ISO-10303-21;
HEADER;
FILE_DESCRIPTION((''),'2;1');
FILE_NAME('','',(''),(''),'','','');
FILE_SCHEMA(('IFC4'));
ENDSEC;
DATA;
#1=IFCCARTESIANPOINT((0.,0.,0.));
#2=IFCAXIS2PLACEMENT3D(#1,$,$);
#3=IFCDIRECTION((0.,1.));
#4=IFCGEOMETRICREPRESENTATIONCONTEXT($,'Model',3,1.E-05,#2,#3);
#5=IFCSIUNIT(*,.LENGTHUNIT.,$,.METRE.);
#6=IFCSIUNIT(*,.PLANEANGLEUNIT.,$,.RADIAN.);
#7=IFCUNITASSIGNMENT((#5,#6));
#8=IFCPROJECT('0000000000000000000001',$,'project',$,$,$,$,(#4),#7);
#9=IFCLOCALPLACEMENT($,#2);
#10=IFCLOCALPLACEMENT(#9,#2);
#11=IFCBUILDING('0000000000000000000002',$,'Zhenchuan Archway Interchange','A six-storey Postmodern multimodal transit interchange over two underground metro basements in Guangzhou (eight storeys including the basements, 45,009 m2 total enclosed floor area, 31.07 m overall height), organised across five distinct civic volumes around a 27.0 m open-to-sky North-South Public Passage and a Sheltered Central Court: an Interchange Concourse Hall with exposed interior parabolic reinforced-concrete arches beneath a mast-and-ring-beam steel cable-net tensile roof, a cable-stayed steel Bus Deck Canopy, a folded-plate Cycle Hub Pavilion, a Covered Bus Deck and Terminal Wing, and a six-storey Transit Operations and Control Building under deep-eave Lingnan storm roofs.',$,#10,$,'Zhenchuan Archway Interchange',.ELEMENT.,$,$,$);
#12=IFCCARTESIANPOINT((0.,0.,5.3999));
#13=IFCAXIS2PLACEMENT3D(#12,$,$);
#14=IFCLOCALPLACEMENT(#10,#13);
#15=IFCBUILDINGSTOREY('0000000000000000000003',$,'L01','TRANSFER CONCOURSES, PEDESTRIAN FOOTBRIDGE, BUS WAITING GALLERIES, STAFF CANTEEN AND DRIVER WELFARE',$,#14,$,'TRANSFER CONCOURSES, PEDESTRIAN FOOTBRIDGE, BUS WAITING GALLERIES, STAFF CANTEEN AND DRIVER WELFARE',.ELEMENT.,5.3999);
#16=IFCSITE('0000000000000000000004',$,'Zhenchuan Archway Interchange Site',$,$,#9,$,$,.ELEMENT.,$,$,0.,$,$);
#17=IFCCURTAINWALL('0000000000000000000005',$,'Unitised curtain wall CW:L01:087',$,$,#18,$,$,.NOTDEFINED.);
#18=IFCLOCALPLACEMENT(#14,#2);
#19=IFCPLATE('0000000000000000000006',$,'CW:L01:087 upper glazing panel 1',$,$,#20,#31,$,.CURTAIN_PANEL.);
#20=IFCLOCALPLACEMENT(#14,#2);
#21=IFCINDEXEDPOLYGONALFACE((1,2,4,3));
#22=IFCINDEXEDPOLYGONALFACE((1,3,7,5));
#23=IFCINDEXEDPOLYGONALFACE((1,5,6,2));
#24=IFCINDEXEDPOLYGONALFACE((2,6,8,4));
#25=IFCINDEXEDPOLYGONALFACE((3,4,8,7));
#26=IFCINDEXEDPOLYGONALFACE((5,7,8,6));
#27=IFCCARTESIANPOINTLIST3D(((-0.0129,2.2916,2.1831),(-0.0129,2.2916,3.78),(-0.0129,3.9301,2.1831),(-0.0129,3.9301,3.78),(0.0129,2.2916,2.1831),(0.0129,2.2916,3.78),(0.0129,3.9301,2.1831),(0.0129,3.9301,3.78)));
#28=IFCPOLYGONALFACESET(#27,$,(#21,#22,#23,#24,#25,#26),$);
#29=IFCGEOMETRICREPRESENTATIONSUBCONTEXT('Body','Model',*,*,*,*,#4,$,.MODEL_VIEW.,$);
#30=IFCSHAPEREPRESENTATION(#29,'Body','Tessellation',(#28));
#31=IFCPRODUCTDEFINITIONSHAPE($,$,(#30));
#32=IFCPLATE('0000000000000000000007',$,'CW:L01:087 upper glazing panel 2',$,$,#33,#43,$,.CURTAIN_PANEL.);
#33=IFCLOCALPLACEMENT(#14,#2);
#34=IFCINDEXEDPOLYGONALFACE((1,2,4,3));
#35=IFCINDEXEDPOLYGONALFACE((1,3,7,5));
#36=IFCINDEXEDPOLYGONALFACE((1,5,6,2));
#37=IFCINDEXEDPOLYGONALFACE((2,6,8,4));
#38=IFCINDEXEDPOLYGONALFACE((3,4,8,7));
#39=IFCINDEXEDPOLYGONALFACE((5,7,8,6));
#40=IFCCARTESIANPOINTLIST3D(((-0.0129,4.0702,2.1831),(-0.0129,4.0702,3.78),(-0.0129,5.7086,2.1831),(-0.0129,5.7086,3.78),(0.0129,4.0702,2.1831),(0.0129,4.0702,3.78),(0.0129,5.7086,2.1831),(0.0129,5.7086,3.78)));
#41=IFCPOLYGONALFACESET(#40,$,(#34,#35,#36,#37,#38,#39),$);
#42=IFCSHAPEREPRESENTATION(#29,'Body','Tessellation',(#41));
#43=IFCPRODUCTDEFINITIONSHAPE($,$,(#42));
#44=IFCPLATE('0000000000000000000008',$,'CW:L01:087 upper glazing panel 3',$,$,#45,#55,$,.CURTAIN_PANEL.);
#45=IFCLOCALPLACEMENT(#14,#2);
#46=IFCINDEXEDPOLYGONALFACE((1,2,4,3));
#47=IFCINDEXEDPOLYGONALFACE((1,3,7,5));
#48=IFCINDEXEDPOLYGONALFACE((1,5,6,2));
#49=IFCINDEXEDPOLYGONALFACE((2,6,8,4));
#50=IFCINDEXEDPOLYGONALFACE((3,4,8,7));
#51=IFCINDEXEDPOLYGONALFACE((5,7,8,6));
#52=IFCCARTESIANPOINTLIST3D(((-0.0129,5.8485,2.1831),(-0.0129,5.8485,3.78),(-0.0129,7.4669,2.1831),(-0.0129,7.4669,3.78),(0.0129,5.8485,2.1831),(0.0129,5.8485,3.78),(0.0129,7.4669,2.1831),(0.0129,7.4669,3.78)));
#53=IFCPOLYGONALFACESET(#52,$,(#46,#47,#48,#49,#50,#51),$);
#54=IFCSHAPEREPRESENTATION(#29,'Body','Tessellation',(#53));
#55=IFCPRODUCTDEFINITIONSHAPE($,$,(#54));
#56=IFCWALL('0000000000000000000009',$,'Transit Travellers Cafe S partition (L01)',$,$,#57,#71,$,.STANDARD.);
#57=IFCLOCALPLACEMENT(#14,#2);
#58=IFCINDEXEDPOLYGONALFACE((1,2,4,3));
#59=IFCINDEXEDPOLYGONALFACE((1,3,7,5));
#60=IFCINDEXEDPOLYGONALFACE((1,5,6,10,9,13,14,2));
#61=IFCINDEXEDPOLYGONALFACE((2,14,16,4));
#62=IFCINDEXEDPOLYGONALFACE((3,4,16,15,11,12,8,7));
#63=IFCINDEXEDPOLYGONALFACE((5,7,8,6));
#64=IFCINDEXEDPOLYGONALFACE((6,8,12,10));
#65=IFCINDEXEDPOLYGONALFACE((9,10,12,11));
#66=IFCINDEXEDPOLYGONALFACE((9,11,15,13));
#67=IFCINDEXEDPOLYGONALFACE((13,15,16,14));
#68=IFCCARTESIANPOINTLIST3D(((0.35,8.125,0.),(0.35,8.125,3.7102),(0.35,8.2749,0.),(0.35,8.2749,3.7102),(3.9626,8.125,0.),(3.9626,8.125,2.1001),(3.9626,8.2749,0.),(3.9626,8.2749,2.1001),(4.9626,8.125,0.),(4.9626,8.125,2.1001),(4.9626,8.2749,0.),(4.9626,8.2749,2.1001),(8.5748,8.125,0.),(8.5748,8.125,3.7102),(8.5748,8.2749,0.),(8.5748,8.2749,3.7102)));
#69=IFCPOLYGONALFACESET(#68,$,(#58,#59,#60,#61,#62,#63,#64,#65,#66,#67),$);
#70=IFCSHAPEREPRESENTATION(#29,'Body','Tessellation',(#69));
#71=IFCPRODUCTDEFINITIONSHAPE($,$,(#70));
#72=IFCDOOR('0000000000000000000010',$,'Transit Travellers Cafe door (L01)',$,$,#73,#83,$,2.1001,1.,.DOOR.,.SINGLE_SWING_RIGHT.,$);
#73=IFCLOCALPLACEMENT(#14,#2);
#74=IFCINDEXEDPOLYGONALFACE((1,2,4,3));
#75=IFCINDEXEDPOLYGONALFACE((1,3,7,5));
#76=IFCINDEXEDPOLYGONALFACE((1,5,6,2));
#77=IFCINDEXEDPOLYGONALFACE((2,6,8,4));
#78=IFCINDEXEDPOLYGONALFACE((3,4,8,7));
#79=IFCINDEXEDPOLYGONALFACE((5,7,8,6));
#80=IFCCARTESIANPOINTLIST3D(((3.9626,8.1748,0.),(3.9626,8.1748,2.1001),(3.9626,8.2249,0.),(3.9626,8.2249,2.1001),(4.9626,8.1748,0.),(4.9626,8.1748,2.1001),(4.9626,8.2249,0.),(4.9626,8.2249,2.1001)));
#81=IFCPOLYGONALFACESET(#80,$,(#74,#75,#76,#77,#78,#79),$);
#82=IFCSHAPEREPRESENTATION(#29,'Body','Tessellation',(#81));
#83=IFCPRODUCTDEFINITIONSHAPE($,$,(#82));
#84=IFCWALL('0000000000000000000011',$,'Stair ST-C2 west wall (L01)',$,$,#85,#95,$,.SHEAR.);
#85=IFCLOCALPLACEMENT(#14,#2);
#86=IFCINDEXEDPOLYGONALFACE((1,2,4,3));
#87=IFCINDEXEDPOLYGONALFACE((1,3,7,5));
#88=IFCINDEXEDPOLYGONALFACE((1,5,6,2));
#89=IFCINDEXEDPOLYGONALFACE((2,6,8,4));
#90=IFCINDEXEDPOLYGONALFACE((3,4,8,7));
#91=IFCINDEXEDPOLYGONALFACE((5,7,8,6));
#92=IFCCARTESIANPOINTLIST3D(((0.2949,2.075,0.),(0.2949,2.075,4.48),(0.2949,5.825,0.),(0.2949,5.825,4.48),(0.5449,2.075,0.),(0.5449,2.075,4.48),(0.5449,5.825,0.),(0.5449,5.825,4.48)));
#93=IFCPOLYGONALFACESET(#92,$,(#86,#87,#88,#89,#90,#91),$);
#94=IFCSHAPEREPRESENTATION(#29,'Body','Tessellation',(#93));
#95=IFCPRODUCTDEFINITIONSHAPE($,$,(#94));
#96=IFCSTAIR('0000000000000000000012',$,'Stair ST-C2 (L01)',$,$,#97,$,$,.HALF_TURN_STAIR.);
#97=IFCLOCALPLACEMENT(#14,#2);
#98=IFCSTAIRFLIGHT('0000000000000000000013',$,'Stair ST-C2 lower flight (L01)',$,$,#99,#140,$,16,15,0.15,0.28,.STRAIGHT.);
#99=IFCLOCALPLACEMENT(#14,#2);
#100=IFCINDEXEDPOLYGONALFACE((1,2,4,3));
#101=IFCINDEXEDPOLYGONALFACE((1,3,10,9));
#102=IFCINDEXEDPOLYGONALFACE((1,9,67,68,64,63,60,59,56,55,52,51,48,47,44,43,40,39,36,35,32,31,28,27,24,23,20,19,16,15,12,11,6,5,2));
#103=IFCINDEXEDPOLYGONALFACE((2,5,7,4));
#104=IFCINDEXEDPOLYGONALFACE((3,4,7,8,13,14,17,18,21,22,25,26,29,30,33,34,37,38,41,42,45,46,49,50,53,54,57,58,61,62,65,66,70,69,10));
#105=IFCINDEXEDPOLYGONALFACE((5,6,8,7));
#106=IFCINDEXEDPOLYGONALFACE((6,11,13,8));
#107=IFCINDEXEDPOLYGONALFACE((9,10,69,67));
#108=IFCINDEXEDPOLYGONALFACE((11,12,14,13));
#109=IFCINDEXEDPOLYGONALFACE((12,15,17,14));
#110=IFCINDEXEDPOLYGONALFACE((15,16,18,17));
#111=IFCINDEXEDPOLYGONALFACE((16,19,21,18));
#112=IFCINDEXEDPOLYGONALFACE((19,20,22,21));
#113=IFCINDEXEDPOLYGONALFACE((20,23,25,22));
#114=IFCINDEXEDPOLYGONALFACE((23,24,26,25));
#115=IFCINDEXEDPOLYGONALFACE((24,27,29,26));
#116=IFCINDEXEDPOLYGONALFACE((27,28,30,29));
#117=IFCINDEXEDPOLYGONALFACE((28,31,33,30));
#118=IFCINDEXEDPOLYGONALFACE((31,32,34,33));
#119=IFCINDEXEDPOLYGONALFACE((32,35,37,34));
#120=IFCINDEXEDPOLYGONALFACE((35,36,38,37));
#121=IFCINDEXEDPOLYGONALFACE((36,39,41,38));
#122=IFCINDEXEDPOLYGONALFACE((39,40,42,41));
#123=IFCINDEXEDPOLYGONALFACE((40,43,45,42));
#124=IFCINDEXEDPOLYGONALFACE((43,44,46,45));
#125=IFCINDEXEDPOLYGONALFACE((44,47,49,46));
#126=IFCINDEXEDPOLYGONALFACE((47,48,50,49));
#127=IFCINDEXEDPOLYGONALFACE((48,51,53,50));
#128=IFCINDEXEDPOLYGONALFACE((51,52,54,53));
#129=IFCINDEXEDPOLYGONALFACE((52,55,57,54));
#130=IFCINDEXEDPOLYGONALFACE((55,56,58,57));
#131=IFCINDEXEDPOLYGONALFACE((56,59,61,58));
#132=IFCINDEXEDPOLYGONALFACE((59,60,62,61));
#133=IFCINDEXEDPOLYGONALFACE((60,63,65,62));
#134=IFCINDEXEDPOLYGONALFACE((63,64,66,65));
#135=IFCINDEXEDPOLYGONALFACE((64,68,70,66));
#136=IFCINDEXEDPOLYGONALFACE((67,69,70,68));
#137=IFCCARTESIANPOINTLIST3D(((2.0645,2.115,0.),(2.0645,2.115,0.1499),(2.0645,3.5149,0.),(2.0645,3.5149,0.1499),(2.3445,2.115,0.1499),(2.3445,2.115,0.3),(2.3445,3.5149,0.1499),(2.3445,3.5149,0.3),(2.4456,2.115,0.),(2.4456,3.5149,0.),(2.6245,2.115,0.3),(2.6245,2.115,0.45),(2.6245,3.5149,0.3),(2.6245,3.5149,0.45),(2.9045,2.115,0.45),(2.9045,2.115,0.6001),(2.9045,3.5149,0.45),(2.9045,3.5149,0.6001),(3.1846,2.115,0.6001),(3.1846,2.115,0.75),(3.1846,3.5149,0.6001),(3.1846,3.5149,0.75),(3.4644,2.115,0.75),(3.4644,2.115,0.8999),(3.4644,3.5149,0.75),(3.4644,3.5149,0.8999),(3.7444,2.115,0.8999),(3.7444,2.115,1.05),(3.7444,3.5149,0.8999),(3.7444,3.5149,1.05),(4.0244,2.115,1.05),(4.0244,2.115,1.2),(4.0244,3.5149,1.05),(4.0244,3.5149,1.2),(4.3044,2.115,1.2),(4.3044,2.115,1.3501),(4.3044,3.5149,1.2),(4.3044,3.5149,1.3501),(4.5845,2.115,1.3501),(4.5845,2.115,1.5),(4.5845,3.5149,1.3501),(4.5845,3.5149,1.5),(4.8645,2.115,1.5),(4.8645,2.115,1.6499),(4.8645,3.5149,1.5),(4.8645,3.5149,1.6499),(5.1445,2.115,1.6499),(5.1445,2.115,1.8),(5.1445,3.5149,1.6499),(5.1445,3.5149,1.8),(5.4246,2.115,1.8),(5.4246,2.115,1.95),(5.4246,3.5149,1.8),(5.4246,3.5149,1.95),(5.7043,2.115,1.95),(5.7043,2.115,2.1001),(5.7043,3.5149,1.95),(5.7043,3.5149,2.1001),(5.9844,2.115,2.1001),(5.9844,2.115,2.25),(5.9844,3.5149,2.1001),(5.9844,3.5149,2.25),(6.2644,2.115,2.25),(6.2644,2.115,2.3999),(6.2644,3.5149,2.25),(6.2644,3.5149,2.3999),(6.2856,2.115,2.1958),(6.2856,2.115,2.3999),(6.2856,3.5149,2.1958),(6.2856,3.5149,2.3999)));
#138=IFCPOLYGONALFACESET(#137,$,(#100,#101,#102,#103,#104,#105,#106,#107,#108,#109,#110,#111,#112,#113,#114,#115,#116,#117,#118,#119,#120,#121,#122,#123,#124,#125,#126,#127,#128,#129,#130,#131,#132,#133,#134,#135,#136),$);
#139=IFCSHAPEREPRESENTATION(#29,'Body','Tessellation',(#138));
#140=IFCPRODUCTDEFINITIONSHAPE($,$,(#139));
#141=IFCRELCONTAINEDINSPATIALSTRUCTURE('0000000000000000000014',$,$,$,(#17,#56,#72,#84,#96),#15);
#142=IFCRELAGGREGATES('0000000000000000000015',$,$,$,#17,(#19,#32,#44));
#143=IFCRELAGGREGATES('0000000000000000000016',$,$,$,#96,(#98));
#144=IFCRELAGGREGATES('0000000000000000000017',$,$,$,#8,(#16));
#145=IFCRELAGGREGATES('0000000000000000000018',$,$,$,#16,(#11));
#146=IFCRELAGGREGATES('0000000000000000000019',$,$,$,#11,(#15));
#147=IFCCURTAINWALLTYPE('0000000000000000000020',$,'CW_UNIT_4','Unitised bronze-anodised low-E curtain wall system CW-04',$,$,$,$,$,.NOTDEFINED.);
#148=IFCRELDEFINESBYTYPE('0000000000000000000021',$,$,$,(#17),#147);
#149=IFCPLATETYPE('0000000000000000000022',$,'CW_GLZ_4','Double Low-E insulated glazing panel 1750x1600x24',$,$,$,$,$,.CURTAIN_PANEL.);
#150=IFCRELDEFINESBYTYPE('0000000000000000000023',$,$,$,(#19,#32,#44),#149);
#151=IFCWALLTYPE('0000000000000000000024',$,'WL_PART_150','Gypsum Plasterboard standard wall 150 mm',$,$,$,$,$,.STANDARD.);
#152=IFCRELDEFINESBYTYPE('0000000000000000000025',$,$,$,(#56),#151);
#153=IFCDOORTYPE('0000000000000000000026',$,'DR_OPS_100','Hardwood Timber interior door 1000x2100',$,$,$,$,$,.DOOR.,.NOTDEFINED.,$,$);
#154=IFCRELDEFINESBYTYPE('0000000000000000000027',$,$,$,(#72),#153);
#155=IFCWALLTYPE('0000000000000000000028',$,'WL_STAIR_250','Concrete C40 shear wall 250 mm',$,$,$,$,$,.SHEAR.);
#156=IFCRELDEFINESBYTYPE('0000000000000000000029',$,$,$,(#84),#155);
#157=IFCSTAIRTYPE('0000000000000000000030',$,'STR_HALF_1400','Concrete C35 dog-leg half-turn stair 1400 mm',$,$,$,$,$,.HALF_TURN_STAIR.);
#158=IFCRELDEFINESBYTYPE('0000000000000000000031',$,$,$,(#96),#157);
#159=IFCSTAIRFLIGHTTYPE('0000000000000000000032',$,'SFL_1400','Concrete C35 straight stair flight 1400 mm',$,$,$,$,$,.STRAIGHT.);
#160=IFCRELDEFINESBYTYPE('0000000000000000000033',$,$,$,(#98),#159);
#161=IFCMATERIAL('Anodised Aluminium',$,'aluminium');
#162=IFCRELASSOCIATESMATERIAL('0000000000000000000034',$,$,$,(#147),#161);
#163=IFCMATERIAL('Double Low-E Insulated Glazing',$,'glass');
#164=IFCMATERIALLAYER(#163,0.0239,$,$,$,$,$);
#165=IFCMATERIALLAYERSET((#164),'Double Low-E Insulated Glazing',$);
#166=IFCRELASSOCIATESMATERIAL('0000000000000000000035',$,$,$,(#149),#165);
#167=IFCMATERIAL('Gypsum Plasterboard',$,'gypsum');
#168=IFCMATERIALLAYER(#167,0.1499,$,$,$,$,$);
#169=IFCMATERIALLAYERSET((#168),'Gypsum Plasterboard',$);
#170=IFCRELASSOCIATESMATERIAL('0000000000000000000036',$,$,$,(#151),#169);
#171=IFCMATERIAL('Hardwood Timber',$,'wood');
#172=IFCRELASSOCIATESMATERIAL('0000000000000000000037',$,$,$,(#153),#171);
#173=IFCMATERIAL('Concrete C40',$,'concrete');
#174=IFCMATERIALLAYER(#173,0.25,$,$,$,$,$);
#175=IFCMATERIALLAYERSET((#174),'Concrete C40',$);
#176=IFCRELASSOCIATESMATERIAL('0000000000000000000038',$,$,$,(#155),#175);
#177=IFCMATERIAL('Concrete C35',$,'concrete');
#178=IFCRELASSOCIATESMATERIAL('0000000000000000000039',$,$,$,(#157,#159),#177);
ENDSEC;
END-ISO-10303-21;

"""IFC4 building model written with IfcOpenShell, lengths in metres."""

from ifc_helpers import new_model, si_unit, direction, frame, frame_2d, origin, origin_2d, place, context, subcontext, project, spatial, polyline, rectangle, outline, extrude, material, layer, layer_set, type_object, element, fill, aggregate, save


model = new_model("IFC4")

# Units and contexts
model_context = context("Model", 3, precision=1e-05, world=origin(), true_north=direction((0.0, 1.0)))
body_context = subcontext(model_context, "Body", "Model", "MODEL_VIEW")
ifc_project = project(units=[si_unit("LENGTHUNIT", "METRE"), si_unit("PLANEANGLEUNIT", "RADIAN")], contexts=[model_context])

# Site, building, storey
site_placement = place(None, origin())
site = spatial("IfcSite", under=ifc_project, at=site_placement, Name="Zhenchuan Archway Interchange Site", CompositionType="ELEMENT", RefElevation=0.0)
building_placement = place(site_placement, origin())
building = spatial("IfcBuilding", under=site, at=building_placement, Name="Zhenchuan Archway Interchange", Description="A six-storey Postmodern multimodal transit interchange over two underground metro basements in Guangzhou (eight storeys including the basements, 45,009 m2 total enclosed floor area, 31.07 m overall height), organised across five distinct civic volumes around a 27.0 m open-to-sky North-South Public Passage and a Sheltered Central Court: an Interchange Concourse Hall with exposed interior parabolic reinforced-concrete arches beneath a mast-and-ring-beam steel cable-net tensile roof, a cable-stayed steel Bus Deck Canopy, a folded-plate Cycle Hub Pavilion, a Covered Bus Deck and Terminal Wing, and a six-storey Transit Operations and Control Building under deep-eave Lingnan storm roofs.", LongName="Zhenchuan Archway Interchange", CompositionType="ELEMENT")
storey_placement = place(building_placement, frame((0.0, 0.0, 5.3999)))
storey = spatial("IfcBuildingStorey", under=building, at=storey_placement, Name="L01", Description="TRANSFER CONCOURSES, PEDESTRIAN FOOTBRIDGE, BUS WAITING GALLERIES, STAFF CANTEEN AND DRIVER WELFARE", LongName="TRANSFER CONCOURSES, PEDESTRIAN FOOTBRIDGE, BUS WAITING GALLERIES, STAFF CANTEEN AND DRIVER WELFARE", CompositionType="ELEMENT", Elevation=5.3999)

# Shared definitions
ifc_material_1 = material(Name="Concrete C40", Category="concrete")

# Curtain wall
ifc_material_2 = material(Name="Anodised Aluminium", Category="aluminium")
curtain_wall_type_1 = type_object("IfcCurtainWallType", Name="CW_UNIT_4", Description="Unitised bronze-anodised low-E curtain wall system CW-04", PredefinedType="NOTDEFINED", material=ifc_material_2)
curtain_wall_1_placement = place(storey_placement, origin())
curtain_wall_1 = element("IfcCurtainWall", 1, at=curtain_wall_1_placement, inside=storey, type_object=curtain_wall_type_1, Name="Unitised curtain wall CW:L01:087", PredefinedType="NOTDEFINED")

# Plates
ifc_material_3 = material(Name="Double Low-E Insulated Glazing", Category="glass")
ifc_layer_1 = layer(ifc_material_3, 0.0239)
ifc_layer_set_1 = layer_set([ifc_layer_1], Name="Double Low-E Insulated Glazing")
plate_type_1 = type_object("IfcPlateType", Name="CW_GLZ_4", Description="Double Low-E insulated glazing panel 1750x1600x24", PredefinedType="CURTAIN_PANEL", material=ifc_layer_set_1)
plate_1_placement = place(storey_placement, frame((0.0, 3.1108, 2.1831), z_axis=(0.0, 0.0, 1.0), x_axis=(0.0, 1.0, 0.0)))
plate_1 = element("IfcPlate", 2, at=plate_1_placement, type_object=plate_type_1, Name="CW:L01:087 upper glazing panel 1", PredefinedType="CURTAIN_PANEL", context=body_context, shape_type="SweptSolid", body=[
    extrude(rectangle(XDim=1.6384, YDim=0.0259, at=origin_2d()), origin(), (0.0, 0.0, 1.0), 1.5969),
])
plate_2_placement = place(storey_placement, frame((0.0, 4.8894, 2.1831), z_axis=(0.0, 0.0, 1.0), x_axis=(0.0, 1.0, 0.0)))
plate_2 = element("IfcPlate", 3, at=plate_2_placement, type_object=plate_type_1, Name="CW:L01:087 upper glazing panel 2", PredefinedType="CURTAIN_PANEL", context=body_context, shape_type="SweptSolid", body=[
    extrude(rectangle(XDim=1.6384, YDim=0.0259, at=origin_2d()), origin(), (0.0, 0.0, 1.0), 1.5969),
])
plate_3_placement = place(storey_placement, frame((0.0, 6.6577, 2.1831), z_axis=(0.0, 0.0, 1.0), x_axis=(0.0, 1.0, 0.0)))
plate_3 = element("IfcPlate", 4, at=plate_3_placement, type_object=plate_type_1, Name="CW:L01:087 upper glazing panel 3", PredefinedType="CURTAIN_PANEL", context=body_context, shape_type="SweptSolid", body=[
    extrude(rectangle(XDim=1.6184, YDim=0.0259, at=origin_2d()), origin(), (0.0, 0.0, 1.0), 1.5969),
])
aggregate(curtain_wall_1, [plate_1, plate_2, plate_3])

# Wall, opening, door
ifc_material_4 = material(Name="Gypsum Plasterboard", Category="gypsum")
ifc_layer_2 = layer(ifc_material_4, 0.1499)
ifc_layer_set_2 = layer_set([ifc_layer_2], Name="Gypsum Plasterboard")
wall_type_1 = type_object("IfcWallType", Name="WL_PART_150", Description="Gypsum Plasterboard standard wall 150 mm", PredefinedType="STANDARD", material=ifc_layer_set_2)
wall_1_placement = place(storey_placement, frame((0.3501, 8.2, 0.0), z_axis=(0.0, 0.0, 1.0), x_axis=(1.0, 0.0, 0.0)))
wall_1 = element("IfcWall", 5, at=wall_1_placement, inside=storey, type_object=wall_type_1, Name="Transit Travellers Cafe S partition (L01)", PredefinedType="STANDARD", context=body_context, shape_type="SweptSolid", body=[
    extrude(rectangle(XDim=8.2249, YDim=0.1499, at=frame_2d((4.1123, 0.0))), origin(), (0.0, 0.0, 1.0), 3.7102),
])
opening_placement = place(wall_1_placement, frame((3.6125, 0.0, 0.0)))
opening = element("IfcOpeningElement", 6, at=opening_placement, cuts=wall_1, PredefinedType="OPENING", context=body_context, shape_type="SweptSolid", body=[
    extrude(rectangle(XDim=1.0, YDim=2.1001, at=frame_2d((0.5, 1.05))), frame((0.0, 0.0869, 0.0), z_axis=(0.0, -1.0, 0.0), x_axis=(1.0, 0.0, 0.0)), (0.0, 0.0, 1.0), 0.1738),
])
ifc_material_5 = material(Name="Hardwood Timber", Category="wood")
door_type = type_object("IfcDoorType", Name="DR_OPS_100", Description="Hardwood Timber interior door 1000x2100", OperationType="NOTDEFINED", PredefinedType="DOOR", material=ifc_material_5)
door_placement = place(opening_placement, origin())
door = element("IfcDoor", 7, at=door_placement, inside=storey, type_object=door_type, Name="Transit Travellers Cafe door (L01)", OperationType="SINGLE_SWING_RIGHT", OverallHeight=2.1001, OverallWidth=1.0, PredefinedType="DOOR", context=body_context, shape_type="SweptSolid", body=[
    extrude(rectangle(XDim=1.0, YDim=2.1001, at=frame_2d((0.5, 1.05))), frame((0.0, 0.0249, 0.0), z_axis=(0.0, -1.0, 0.0), x_axis=(1.0, 0.0, 0.0)), (0.0, 0.0, 1.0), 0.05),
])
fill(opening, door)

# Wall
ifc_layer_3 = layer(ifc_material_1, 0.25)
ifc_layer_set_3 = layer_set([ifc_layer_3], Name="Concrete C40")
wall_type_2 = type_object("IfcWallType", Name="WL_STAIR_250", Description="Concrete C40 shear wall 250 mm", PredefinedType="SHEAR", material=ifc_layer_set_3)
wall_2_placement = place(storey_placement, frame((0.4199, 5.825, 0.0), z_axis=(0.0, 0.0, 1.0), x_axis=(0.0, -1.0, 0.0)))
element("IfcWall", 8, at=wall_2_placement, inside=storey, type_object=wall_type_2, Name="Stair ST-C2 west wall (L01)", PredefinedType="SHEAR", context=body_context, shape_type="SweptSolid", body=[
    extrude(rectangle(XDim=3.75, YDim=0.25, at=frame_2d((1.875, 0.0))), origin(), (0.0, 0.0, 1.0), 4.48),
])

# Stair, stair flight
ifc_material_6 = material(Name="Concrete C35", Category="concrete")
stair_type = type_object("IfcStairType", Name="STR_HALF_1400", Description="Concrete C35 dog-leg half-turn stair 1400 mm", PredefinedType="HALF_TURN_STAIR", material=ifc_material_6)
stair_placement = place(storey_placement, origin())
stair = element("IfcStair", 9, at=stair_placement, inside=storey, type_object=stair_type, Name="Stair ST-C2 (L01)", PredefinedType="HALF_TURN_STAIR")
stair_flight_type = type_object("IfcStairFlightType", Name="SFL_1400", Description="Concrete C35 straight stair flight 1400 mm", PredefinedType="STRAIGHT", material=ifc_material_6)
stair_flight_placement = place(storey_placement, frame((2.0645, 2.8149, 0.0), z_axis=(0.0, 0.0, 1.0), x_axis=(1.0, 0.0, 0.0)))
stair_flight = element("IfcStairFlight", 10, at=stair_flight_placement, type_object=stair_flight_type, Name="Stair ST-C2 lower flight (L01)", NumberOfRisers=16, NumberOfTreads=15, PredefinedType="STRAIGHT", RiserHeight=0.15, TreadLength=0.28, context=body_context, shape_type="SweptSolid", body=[
    extrude(outline(polyline([(0.0, 0.0), (0.0, 0.1499), (0.28, 0.1499), (0.28, 0.3), (0.5601, 0.3), (0.5601, 0.45), (0.8401, 0.45), (0.8401, 0.6001), (1.1201, 0.6001), (1.1201, 0.75), (1.3999, 0.75), (1.3999, 0.8999), (1.6799, 0.8999), (1.6799, 1.05), (1.96, 1.05), (1.96, 1.2), (2.24, 1.2), (2.24, 1.3501), (2.52, 1.3501), (2.52, 1.5), (2.8, 1.5), (2.8, 1.6499), (3.0801, 1.6499), (3.0801, 1.8), (3.3601, 1.8), (3.3601, 1.95), (3.6399, 1.95), (3.6399, 2.1001), (3.9199, 2.1001), (3.9199, 2.25), (4.2, 2.25), (4.2, 2.3999), (4.2212, 2.3999), (4.2212, 2.1958), (0.3811, 0.0), (0.0, 0.0)])), frame((0.0, 0.7, 0.0), z_axis=(0.0, -1.0, 0.0), x_axis=(1.0, 0.0, 0.0)), (0.0, 0.0, 1.0), 1.3999),
])
aggregate(stair, [stair_flight])

save(model, "model.ifc")
